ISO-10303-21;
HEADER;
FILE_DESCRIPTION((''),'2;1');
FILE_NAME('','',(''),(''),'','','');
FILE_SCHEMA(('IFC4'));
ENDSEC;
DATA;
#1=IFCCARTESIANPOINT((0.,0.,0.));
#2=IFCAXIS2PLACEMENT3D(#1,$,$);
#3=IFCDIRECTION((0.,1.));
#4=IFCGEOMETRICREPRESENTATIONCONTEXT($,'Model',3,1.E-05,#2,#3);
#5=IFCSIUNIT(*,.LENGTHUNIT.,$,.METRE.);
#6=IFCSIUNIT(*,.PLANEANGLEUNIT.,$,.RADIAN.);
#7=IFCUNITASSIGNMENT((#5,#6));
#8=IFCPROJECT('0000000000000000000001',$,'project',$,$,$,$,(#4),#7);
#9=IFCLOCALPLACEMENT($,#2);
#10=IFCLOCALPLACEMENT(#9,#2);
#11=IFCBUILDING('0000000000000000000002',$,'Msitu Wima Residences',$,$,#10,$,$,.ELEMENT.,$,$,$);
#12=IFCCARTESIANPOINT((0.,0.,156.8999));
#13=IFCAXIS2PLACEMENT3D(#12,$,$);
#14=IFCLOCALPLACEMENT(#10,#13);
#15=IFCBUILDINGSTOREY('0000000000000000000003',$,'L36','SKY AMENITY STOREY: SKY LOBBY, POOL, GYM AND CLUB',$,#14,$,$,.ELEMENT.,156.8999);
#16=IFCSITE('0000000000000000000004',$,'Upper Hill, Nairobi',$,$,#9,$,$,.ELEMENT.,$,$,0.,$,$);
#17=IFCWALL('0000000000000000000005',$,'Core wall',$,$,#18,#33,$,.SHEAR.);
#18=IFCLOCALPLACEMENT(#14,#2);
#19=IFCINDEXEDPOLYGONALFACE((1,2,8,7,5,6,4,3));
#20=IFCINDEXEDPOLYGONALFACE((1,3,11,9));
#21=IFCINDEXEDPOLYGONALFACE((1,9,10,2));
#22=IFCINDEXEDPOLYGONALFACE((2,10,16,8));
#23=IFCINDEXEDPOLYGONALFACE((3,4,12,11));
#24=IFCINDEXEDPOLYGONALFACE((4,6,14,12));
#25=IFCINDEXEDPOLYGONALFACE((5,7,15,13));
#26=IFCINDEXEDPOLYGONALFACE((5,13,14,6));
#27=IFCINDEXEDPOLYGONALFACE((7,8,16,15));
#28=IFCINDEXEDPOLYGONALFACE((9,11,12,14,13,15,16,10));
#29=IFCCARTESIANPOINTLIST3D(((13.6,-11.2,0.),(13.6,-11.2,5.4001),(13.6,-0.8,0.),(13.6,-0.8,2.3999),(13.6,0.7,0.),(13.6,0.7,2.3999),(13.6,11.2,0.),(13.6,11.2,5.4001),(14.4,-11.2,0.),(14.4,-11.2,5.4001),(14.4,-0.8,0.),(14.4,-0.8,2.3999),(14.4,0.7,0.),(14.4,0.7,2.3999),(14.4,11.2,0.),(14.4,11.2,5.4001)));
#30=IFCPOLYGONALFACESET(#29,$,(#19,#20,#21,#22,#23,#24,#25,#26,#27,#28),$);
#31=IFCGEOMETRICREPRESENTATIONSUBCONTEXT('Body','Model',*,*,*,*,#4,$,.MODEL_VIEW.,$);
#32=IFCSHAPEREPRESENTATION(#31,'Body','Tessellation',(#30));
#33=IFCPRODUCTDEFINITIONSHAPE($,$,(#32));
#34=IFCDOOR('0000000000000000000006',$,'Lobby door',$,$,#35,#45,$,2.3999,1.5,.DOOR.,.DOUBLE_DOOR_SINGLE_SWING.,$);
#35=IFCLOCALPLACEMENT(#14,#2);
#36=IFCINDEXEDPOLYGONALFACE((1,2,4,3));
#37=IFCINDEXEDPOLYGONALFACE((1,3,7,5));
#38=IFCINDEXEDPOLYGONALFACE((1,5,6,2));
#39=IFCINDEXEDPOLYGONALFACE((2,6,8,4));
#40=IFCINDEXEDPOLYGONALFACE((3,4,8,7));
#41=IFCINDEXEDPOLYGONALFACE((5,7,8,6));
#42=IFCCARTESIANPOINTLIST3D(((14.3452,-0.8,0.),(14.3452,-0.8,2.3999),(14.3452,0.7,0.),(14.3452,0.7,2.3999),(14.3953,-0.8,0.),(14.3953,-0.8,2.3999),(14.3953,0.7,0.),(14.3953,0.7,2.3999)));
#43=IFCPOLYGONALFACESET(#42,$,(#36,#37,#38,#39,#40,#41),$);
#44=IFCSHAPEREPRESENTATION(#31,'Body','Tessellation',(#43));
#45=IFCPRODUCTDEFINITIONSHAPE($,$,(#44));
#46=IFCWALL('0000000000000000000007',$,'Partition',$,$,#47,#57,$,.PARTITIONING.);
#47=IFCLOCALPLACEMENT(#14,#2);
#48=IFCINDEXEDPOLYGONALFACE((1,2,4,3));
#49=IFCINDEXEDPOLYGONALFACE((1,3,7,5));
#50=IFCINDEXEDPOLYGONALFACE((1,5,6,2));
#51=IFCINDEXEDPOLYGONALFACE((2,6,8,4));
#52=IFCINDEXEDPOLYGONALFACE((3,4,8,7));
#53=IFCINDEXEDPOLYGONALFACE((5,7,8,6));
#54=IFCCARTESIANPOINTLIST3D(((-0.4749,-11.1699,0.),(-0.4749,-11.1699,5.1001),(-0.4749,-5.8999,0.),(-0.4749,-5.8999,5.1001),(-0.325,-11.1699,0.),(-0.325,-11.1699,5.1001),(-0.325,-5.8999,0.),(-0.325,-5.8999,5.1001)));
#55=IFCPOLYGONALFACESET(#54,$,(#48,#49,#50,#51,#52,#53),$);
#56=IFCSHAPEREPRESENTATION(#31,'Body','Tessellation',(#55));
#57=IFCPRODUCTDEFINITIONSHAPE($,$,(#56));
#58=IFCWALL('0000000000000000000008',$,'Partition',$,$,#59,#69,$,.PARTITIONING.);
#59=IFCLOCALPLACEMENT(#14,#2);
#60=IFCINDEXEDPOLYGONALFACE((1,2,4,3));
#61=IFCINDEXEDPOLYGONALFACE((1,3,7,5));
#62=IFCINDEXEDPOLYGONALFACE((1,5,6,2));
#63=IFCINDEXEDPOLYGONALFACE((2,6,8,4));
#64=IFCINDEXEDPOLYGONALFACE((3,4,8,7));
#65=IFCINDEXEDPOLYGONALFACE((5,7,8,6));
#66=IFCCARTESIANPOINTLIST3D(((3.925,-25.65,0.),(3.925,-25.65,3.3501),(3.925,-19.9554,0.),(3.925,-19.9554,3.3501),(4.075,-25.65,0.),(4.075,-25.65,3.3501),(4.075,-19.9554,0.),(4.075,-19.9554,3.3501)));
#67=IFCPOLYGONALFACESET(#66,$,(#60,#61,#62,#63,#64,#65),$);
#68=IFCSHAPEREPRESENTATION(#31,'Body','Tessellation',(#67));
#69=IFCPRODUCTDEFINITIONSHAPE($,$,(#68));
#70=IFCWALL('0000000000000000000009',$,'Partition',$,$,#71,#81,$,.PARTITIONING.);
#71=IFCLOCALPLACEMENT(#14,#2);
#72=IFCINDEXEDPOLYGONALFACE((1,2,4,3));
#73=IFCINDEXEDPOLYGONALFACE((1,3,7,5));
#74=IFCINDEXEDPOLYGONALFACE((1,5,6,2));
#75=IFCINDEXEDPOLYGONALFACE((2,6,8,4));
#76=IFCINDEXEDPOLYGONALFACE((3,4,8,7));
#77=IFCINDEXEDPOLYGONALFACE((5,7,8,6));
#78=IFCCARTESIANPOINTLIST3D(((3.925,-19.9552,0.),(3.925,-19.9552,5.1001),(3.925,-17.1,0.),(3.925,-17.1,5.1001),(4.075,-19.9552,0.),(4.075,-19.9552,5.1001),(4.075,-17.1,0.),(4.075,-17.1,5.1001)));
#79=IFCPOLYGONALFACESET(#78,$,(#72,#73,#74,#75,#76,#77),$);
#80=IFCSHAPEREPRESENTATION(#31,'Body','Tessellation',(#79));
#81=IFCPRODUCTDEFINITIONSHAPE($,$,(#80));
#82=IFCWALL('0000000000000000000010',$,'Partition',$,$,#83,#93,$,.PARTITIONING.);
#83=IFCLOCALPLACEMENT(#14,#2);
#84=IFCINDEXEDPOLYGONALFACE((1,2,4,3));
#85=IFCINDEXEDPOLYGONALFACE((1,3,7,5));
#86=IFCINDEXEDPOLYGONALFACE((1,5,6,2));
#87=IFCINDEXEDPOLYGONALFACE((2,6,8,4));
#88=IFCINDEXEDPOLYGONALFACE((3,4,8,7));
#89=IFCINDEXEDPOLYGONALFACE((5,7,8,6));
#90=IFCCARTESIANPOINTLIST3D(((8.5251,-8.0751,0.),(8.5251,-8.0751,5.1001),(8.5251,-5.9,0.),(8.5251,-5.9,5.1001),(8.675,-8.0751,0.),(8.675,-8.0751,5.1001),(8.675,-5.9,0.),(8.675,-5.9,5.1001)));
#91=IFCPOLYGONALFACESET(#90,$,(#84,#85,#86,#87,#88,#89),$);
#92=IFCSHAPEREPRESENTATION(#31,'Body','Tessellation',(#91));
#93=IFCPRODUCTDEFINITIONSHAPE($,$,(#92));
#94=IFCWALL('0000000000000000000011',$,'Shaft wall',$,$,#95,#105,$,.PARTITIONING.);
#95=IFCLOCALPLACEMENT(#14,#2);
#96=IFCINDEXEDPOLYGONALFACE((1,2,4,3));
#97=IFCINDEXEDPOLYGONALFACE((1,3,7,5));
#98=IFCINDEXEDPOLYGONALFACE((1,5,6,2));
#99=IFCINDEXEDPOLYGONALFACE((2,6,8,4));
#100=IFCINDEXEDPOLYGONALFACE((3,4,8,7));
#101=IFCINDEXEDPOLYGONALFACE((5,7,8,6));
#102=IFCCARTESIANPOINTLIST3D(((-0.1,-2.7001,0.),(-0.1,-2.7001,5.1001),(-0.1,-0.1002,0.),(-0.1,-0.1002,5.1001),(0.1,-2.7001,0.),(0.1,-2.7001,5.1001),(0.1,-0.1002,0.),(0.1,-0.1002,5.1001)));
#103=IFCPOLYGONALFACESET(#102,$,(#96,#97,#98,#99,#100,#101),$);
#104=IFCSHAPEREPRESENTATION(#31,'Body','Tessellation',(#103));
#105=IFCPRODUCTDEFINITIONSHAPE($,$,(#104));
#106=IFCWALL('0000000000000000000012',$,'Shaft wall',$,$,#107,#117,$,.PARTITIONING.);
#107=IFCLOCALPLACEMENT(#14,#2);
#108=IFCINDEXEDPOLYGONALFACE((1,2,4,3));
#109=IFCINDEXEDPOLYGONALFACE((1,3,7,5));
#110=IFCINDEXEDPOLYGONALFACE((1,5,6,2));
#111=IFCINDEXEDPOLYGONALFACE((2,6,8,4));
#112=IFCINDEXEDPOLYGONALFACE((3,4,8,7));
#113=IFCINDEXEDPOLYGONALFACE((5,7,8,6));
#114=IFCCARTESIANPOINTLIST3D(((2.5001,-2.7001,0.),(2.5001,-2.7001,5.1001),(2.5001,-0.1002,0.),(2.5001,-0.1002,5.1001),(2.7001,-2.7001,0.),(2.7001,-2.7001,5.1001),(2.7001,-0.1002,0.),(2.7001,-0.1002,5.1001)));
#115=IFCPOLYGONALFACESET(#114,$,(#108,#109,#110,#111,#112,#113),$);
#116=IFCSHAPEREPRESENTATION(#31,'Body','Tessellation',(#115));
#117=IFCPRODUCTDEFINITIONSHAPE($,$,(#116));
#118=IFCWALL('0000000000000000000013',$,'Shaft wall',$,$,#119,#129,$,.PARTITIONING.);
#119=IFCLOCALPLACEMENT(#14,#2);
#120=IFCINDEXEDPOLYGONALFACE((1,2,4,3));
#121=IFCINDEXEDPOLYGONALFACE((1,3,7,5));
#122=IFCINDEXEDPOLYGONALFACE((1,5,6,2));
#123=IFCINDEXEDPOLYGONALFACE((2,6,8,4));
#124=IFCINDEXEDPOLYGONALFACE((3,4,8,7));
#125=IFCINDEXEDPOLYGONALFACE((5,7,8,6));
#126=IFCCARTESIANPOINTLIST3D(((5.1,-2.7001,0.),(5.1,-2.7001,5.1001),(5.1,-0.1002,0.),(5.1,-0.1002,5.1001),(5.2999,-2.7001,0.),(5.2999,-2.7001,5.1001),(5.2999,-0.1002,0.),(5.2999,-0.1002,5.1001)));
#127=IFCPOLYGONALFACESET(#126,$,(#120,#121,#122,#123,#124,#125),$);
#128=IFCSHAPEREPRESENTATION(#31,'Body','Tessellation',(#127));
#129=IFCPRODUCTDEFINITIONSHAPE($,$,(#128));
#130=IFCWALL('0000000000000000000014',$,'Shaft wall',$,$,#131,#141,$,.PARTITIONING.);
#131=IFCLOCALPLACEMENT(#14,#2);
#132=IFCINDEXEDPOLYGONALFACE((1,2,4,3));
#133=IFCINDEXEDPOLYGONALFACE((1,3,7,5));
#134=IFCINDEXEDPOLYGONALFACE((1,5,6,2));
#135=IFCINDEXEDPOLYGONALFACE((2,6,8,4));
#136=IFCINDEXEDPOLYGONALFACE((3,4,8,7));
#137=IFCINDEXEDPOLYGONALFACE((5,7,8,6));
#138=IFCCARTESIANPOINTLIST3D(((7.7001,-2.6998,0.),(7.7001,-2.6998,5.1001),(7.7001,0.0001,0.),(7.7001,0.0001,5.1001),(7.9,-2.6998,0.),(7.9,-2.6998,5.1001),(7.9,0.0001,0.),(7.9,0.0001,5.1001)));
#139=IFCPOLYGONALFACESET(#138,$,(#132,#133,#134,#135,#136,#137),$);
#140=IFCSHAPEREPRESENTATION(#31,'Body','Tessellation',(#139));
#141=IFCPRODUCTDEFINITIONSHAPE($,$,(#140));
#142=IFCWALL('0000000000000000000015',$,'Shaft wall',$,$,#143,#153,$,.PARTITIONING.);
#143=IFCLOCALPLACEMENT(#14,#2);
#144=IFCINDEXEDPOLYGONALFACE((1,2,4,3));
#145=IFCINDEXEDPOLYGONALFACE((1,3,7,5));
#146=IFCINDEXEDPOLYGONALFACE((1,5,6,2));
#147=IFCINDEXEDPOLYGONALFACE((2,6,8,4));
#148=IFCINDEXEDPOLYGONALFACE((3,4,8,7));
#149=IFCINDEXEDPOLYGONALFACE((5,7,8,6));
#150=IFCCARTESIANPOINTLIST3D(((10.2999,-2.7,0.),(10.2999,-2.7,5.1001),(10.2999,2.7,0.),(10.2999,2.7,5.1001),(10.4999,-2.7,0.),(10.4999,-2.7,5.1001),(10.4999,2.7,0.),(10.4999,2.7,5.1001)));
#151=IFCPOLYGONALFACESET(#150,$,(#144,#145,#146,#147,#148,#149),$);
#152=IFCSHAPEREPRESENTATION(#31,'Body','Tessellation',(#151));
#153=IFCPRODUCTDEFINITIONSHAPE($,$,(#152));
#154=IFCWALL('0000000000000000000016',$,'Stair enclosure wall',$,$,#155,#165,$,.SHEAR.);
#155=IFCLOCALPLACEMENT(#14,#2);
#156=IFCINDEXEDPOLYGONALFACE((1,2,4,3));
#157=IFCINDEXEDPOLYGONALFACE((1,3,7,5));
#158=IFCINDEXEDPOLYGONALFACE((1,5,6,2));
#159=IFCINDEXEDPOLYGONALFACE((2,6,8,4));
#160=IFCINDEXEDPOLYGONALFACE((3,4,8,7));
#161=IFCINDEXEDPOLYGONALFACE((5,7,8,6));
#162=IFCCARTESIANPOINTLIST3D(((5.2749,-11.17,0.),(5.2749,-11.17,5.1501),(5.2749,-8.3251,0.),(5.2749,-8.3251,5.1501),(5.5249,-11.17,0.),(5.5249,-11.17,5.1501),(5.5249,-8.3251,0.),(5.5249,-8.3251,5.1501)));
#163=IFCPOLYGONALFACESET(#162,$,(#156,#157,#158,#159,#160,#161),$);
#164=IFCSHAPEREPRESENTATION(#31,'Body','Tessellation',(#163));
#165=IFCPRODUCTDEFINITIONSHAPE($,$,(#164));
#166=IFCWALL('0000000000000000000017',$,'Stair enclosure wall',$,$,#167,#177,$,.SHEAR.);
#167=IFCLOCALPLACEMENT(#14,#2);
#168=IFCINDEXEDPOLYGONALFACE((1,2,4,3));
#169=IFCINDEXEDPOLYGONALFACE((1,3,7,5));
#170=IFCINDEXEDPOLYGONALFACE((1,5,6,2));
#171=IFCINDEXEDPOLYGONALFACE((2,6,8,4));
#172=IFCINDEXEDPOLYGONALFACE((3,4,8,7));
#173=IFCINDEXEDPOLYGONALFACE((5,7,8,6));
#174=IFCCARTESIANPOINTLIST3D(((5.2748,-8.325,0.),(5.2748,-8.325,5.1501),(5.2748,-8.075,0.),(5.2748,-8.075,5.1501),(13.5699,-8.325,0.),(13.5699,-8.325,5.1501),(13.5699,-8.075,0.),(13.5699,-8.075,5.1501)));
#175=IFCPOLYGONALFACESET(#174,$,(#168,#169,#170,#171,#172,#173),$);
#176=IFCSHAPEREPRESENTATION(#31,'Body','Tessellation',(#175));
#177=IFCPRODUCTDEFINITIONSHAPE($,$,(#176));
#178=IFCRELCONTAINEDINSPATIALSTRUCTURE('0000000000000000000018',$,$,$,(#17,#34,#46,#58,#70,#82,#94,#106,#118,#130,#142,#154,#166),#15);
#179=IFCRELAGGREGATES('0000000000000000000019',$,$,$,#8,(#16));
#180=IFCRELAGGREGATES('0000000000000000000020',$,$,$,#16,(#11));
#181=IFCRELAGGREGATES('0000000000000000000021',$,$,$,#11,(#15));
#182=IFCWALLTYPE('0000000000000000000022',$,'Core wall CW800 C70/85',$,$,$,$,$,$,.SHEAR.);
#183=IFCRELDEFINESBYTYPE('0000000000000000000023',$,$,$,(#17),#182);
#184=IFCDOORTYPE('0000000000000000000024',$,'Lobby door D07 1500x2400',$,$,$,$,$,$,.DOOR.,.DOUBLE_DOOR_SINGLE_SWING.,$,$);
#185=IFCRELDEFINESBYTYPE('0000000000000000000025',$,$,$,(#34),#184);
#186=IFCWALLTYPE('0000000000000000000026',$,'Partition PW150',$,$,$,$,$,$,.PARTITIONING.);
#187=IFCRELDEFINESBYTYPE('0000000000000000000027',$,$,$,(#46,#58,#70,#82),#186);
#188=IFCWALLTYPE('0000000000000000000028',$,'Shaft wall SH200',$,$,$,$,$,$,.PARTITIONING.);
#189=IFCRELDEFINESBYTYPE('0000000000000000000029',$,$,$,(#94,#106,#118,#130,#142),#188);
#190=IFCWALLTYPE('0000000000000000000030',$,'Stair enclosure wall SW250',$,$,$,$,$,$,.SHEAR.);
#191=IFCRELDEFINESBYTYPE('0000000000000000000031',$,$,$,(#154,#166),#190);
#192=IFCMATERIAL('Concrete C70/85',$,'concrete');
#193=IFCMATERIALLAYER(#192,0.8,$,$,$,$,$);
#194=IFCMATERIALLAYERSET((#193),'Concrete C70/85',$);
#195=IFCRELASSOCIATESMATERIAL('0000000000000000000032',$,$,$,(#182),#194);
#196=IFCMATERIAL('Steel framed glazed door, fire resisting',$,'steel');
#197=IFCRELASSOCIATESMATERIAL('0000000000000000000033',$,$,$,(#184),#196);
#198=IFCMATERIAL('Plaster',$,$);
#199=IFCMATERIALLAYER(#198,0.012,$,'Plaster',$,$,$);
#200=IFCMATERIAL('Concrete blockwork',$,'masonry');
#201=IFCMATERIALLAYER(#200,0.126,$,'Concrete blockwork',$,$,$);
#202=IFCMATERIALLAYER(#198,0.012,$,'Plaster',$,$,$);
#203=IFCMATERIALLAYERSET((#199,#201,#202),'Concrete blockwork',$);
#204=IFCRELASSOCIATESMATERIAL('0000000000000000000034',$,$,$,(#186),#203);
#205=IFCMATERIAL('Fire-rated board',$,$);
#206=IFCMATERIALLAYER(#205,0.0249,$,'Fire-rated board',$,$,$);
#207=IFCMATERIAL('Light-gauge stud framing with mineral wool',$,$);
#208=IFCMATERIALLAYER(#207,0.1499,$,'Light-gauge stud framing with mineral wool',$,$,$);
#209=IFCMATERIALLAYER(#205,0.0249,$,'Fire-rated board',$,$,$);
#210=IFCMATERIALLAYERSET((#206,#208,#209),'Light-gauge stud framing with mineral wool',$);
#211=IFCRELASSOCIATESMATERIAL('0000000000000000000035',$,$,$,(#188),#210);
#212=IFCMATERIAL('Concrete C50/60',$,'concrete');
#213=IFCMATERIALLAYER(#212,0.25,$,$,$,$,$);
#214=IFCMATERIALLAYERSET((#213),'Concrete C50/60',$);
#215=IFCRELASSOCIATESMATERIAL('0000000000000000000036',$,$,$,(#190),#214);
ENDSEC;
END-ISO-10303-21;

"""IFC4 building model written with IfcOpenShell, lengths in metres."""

from ifc_helpers import new_model, si_unit, direction, frame, frame_2d, origin, place, context, subcontext, project, spatial, rectangle, extrude, material, layer, layer_set, type_object, element, fill, save


model = new_model("IFC4")

# Units and contexts
model_context = context("Model", 3, precision=1e-05, world=origin(), true_north=direction((0.0, 1.0)))
body_context = subcontext(model_context, "Body", "Model", "MODEL_VIEW")
ifc_project = project(units=[si_unit("LENGTHUNIT", "METRE"), si_unit("PLANEANGLEUNIT", "RADIAN")], contexts=[model_context])

# Site, building, storey
site_placement = place(None, origin())
site = spatial("IfcSite", under=ifc_project, at=site_placement, Name="Upper Hill, Nairobi", CompositionType="ELEMENT", RefElevation=0.0)
building_placement = place(site_placement, origin())
building = spatial("IfcBuilding", under=site, at=building_placement, Name="Msitu Wima Residences", CompositionType="ELEMENT")
storey_placement = place(building_placement, frame((0.0, 0.0, 156.8999)))
storey = spatial("IfcBuildingStorey", under=building, at=storey_placement, Name="L36", Description="SKY AMENITY STOREY: SKY LOBBY, POOL, GYM AND CLUB", CompositionType="ELEMENT", Elevation=156.8999)

# Shared definitions
ifc_material_1 = material(Name="Concrete C50/60", Category="concrete")

# Wall, opening, door
ifc_material_2 = material(Name="Concrete C70/85", Category="concrete")
ifc_layer_1 = layer(ifc_material_2, 0.8)
ifc_layer_set_1 = layer_set([ifc_layer_1], Name="Concrete C70/85")
wall_type_1 = type_object("IfcWallType", Name="Core wall CW800 C70/85", PredefinedType="SHEAR", material=ifc_layer_set_1)
wall_1_placement = place(storey_placement, frame((14.0, -11.2, 0.0), z_axis=(0.0, 0.0, 1.0), x_axis=(0.0, 1.0, 0.0)))
wall_1 = element("IfcWall", 1, at=wall_1_placement, inside=storey, type_object=wall_type_1, Name="Core wall", PredefinedType="SHEAR", context=body_context, shape_type="SweptSolid", body=[
    extrude(rectangle(XDim=22.3999, YDim=0.8, at=frame_2d((11.2, 0.0))), origin(), (0.0, 0.0, 1.0), 5.4001),
])
opening_placement = place(wall_1_placement, frame((10.3999, 0.0, 0.0)))
opening = element("IfcOpeningElement", 2, at=opening_placement, cuts=wall_1, PredefinedType="OPENING", context=body_context, shape_type="SweptSolid", body=[
    extrude(rectangle(XDim=1.5, YDim=2.3999, at=frame_2d((0.75, 1.2))), frame((0.0, 0.4099, 0.0), z_axis=(0.0, -1.0, 0.0), x_axis=(1.0, 0.0, 0.0)), (0.0, 0.0, 1.0), 0.8201),
])
ifc_material_3 = material(Name="Steel framed glazed door, fire resisting", Category="steel")
door_type = type_object("IfcDoorType", Name="Lobby door D07 1500x2400", OperationType="DOUBLE_DOOR_SINGLE_SWING", PredefinedType="DOOR", material=ifc_material_3)
door_placement = place(opening_placement, origin())
door = element("IfcDoor", 3, at=door_placement, inside=storey, type_object=door_type, Name="Lobby door", OperationType="DOUBLE_DOOR_SINGLE_SWING", OverallHeight=2.3999, OverallWidth=1.5, PredefinedType="DOOR", context=body_context, shape_type="SweptSolid", body=[
    extrude(rectangle(XDim=1.5, YDim=2.3999, at=frame_2d((0.75, 1.2))), frame((0.0, -0.3452, 0.0), z_axis=(0.0, -1.0, 0.0), x_axis=(1.0, 0.0, 0.0)), (0.0, 0.0, 1.0), 0.05),
])
fill(opening, door)

# Walls
ifc_material_4 = material(Name="Plaster")
ifc_layer_2 = layer(ifc_material_4, 0.012, Name="Plaster")
ifc_material_5 = material(Name="Concrete blockwork", Category="masonry")
ifc_layer_3 = layer(ifc_material_5, 0.126, Name="Concrete blockwork")
ifc_layer_4 = layer(ifc_material_4, 0.012, Name="Plaster")
ifc_layer_set_2 = layer_set([ifc_layer_2, ifc_layer_3, ifc_layer_4], Name="Concrete blockwork")
wall_type_2 = type_object("IfcWallType", Name="Partition PW150", PredefinedType="PARTITIONING", material=ifc_layer_set_2)
wall_2_placement = place(storey_placement, frame((-0.3999, -11.1699, 0.0), z_axis=(0.0, 0.0, 1.0), x_axis=(0.0, 1.0, 0.0)))
element("IfcWall", 4, at=wall_2_placement, inside=storey, type_object=wall_type_2, Name="Partition", PredefinedType="PARTITIONING", context=body_context, shape_type="SweptSolid", body=[
    extrude(rectangle(XDim=5.27, YDim=0.1499, at=frame_2d((2.635, 0.0))), origin(), (0.0, 0.0, 1.0), 5.1001),
])
wall_3_placement = place(storey_placement, frame((4.0, -25.6499, 0.0), z_axis=(0.0, 0.0, 1.0), x_axis=(0.0, 1.0, 0.0)))
element("IfcWall", 5, at=wall_3_placement, inside=storey, type_object=wall_type_2, Name="Partition", PredefinedType="PARTITIONING", context=body_context, shape_type="SweptSolid", body=[
    extrude(rectangle(XDim=5.6946, YDim=0.1499, at=frame_2d((2.8472, 0.0))), origin(), (0.0, 0.0, 1.0), 3.3501),
])
wall_4_placement = place(storey_placement, frame((4.0, -19.9553, 0.0), z_axis=(0.0, 0.0, 1.0), x_axis=(0.0, 1.0, 0.0)))
element("IfcWall", 6, at=wall_4_placement, inside=storey, type_object=wall_type_2, Name="Partition", PredefinedType="PARTITIONING", context=body_context, shape_type="SweptSolid", body=[
    extrude(rectangle(XDim=2.8552, YDim=0.1499, at=frame_2d((1.4277, 0.0))), origin(), (0.0, 0.0, 1.0), 5.1001),
])
wall_5_placement = place(storey_placement, frame((8.6001, -8.075, 0.0), z_axis=(0.0, 0.0, 1.0), x_axis=(0.0, 1.0, 0.0)))
element("IfcWall", 7, at=wall_5_placement, inside=storey, type_object=wall_type_2, Name="Partition", PredefinedType="PARTITIONING", context=body_context, shape_type="SweptSolid", body=[
    extrude(rectangle(XDim=2.175, YDim=0.1499, at=frame_2d((1.0874, 0.0))), origin(), (0.0, 0.0, 1.0), 5.1001),
])
ifc_material_6 = material(Name="Fire-rated board")
ifc_layer_5 = layer(ifc_material_6, 0.0249, Name="Fire-rated board")
ifc_material_7 = material(Name="Light-gauge stud framing with mineral wool")
ifc_layer_6 = layer(ifc_material_7, 0.1499, Name="Light-gauge stud framing with mineral wool")
ifc_layer_7 = layer(ifc_material_6, 0.0249, Name="Fire-rated board")
ifc_layer_set_3 = layer_set([ifc_layer_5, ifc_layer_6, ifc_layer_7], Name="Light-gauge stud framing with mineral wool")
wall_type_3 = type_object("IfcWallType", Name="Shaft wall SH200", PredefinedType="PARTITIONING", material=ifc_layer_set_3)
for number, where, z_axis, x_axis, name in (
    (8, (0.0, -2.7, 0.0), (0.0, 0.0, 1.0), (0.0, 1.0, 0.0), "Shaft wall"),
    (9, (2.6001, -2.7, 0.0), (0.0, 0.0, 1.0), (0.0, 1.0, 0.0), "Shaft wall"),
    (10, (5.2, -2.7, 0.0), (0.0, 0.0, 1.0), (0.0, 1.0, 0.0), "Shaft wall"),
):
    element("IfcWall", number, at=place(storey_placement, frame(where, z_axis=z_axis, x_axis=x_axis)), inside=storey, type_object=wall_type_3, Name=name, PredefinedType="PARTITIONING", context=body_context, shape_type="SweptSolid", body=[
        extrude(rectangle(XDim=2.5999, YDim=0.2, at=frame_2d((1.2998, 0.0))), origin(), (0.0, 0.0, 1.0), 5.1001),
    ])
wall_6_placement = place(storey_placement, frame((7.8, -2.7, 0.0), z_axis=(0.0, 0.0, 1.0), x_axis=(0.0, 1.0, 0.0)))
element("IfcWall", 11, at=wall_6_placement, inside=storey, type_object=wall_type_3, Name="Shaft wall", PredefinedType="PARTITIONING", context=body_context, shape_type="SweptSolid", body=[
    extrude(rectangle(XDim=2.7, YDim=0.2, at=frame_2d((1.3501, 0.0))), origin(), (0.0, 0.0, 1.0), 5.1001),
])
wall_7_placement = place(storey_placement, frame((10.3999, -2.7, 0.0), z_axis=(0.0, 0.0, 1.0), x_axis=(0.0, 1.0, 0.0)))
element("IfcWall", 12, at=wall_7_placement, inside=storey, type_object=wall_type_3, Name="Shaft wall", PredefinedType="PARTITIONING", context=body_context, shape_type="SweptSolid", body=[
    extrude(rectangle(XDim=5.3999, YDim=0.2, at=frame_2d((2.7, 0.0))), origin(), (0.0, 0.0, 1.0), 5.1001),
])
ifc_layer_8 = layer(ifc_material_1, 0.25)
ifc_layer_set_4 = layer_set([ifc_layer_8], Name="Concrete C50/60")
wall_type_4 = type_object("IfcWallType", Name="Stair enclosure wall SW250", PredefinedType="SHEAR", material=ifc_layer_set_4)
wall_8_placement = place(storey_placement, frame((5.3999, -11.1699, 0.0), z_axis=(0.0, 0.0, 1.0), x_axis=(0.0, 1.0, 0.0)))
element("IfcWall", 13, at=wall_8_placement, inside=storey, type_object=wall_type_4, Name="Stair enclosure wall", PredefinedType="SHEAR", context=body_context, shape_type="SweptSolid", body=[
    extrude(rectangle(XDim=2.845, YDim=0.25, at=frame_2d((1.4224, 0.0))), origin(), (0.0, 0.0, 1.0), 5.1501),
])
wall_9_placement = place(storey_placement, frame((5.2749, -8.2, 0.0), z_axis=(0.0, 0.0, 1.0), x_axis=(1.0, 0.0, 0.0)))
element("IfcWall", 14, at=wall_9_placement, inside=storey, type_object=wall_type_4, Name="Stair enclosure wall", PredefinedType="SHEAR", context=body_context, shape_type="SweptSolid", body=[
    extrude(rectangle(XDim=8.2952, YDim=0.25, at=frame_2d((4.1475, 0.0))), origin(), (0.0, 0.0, 1.0), 5.1501),
])

save(model, "model.ifc")
